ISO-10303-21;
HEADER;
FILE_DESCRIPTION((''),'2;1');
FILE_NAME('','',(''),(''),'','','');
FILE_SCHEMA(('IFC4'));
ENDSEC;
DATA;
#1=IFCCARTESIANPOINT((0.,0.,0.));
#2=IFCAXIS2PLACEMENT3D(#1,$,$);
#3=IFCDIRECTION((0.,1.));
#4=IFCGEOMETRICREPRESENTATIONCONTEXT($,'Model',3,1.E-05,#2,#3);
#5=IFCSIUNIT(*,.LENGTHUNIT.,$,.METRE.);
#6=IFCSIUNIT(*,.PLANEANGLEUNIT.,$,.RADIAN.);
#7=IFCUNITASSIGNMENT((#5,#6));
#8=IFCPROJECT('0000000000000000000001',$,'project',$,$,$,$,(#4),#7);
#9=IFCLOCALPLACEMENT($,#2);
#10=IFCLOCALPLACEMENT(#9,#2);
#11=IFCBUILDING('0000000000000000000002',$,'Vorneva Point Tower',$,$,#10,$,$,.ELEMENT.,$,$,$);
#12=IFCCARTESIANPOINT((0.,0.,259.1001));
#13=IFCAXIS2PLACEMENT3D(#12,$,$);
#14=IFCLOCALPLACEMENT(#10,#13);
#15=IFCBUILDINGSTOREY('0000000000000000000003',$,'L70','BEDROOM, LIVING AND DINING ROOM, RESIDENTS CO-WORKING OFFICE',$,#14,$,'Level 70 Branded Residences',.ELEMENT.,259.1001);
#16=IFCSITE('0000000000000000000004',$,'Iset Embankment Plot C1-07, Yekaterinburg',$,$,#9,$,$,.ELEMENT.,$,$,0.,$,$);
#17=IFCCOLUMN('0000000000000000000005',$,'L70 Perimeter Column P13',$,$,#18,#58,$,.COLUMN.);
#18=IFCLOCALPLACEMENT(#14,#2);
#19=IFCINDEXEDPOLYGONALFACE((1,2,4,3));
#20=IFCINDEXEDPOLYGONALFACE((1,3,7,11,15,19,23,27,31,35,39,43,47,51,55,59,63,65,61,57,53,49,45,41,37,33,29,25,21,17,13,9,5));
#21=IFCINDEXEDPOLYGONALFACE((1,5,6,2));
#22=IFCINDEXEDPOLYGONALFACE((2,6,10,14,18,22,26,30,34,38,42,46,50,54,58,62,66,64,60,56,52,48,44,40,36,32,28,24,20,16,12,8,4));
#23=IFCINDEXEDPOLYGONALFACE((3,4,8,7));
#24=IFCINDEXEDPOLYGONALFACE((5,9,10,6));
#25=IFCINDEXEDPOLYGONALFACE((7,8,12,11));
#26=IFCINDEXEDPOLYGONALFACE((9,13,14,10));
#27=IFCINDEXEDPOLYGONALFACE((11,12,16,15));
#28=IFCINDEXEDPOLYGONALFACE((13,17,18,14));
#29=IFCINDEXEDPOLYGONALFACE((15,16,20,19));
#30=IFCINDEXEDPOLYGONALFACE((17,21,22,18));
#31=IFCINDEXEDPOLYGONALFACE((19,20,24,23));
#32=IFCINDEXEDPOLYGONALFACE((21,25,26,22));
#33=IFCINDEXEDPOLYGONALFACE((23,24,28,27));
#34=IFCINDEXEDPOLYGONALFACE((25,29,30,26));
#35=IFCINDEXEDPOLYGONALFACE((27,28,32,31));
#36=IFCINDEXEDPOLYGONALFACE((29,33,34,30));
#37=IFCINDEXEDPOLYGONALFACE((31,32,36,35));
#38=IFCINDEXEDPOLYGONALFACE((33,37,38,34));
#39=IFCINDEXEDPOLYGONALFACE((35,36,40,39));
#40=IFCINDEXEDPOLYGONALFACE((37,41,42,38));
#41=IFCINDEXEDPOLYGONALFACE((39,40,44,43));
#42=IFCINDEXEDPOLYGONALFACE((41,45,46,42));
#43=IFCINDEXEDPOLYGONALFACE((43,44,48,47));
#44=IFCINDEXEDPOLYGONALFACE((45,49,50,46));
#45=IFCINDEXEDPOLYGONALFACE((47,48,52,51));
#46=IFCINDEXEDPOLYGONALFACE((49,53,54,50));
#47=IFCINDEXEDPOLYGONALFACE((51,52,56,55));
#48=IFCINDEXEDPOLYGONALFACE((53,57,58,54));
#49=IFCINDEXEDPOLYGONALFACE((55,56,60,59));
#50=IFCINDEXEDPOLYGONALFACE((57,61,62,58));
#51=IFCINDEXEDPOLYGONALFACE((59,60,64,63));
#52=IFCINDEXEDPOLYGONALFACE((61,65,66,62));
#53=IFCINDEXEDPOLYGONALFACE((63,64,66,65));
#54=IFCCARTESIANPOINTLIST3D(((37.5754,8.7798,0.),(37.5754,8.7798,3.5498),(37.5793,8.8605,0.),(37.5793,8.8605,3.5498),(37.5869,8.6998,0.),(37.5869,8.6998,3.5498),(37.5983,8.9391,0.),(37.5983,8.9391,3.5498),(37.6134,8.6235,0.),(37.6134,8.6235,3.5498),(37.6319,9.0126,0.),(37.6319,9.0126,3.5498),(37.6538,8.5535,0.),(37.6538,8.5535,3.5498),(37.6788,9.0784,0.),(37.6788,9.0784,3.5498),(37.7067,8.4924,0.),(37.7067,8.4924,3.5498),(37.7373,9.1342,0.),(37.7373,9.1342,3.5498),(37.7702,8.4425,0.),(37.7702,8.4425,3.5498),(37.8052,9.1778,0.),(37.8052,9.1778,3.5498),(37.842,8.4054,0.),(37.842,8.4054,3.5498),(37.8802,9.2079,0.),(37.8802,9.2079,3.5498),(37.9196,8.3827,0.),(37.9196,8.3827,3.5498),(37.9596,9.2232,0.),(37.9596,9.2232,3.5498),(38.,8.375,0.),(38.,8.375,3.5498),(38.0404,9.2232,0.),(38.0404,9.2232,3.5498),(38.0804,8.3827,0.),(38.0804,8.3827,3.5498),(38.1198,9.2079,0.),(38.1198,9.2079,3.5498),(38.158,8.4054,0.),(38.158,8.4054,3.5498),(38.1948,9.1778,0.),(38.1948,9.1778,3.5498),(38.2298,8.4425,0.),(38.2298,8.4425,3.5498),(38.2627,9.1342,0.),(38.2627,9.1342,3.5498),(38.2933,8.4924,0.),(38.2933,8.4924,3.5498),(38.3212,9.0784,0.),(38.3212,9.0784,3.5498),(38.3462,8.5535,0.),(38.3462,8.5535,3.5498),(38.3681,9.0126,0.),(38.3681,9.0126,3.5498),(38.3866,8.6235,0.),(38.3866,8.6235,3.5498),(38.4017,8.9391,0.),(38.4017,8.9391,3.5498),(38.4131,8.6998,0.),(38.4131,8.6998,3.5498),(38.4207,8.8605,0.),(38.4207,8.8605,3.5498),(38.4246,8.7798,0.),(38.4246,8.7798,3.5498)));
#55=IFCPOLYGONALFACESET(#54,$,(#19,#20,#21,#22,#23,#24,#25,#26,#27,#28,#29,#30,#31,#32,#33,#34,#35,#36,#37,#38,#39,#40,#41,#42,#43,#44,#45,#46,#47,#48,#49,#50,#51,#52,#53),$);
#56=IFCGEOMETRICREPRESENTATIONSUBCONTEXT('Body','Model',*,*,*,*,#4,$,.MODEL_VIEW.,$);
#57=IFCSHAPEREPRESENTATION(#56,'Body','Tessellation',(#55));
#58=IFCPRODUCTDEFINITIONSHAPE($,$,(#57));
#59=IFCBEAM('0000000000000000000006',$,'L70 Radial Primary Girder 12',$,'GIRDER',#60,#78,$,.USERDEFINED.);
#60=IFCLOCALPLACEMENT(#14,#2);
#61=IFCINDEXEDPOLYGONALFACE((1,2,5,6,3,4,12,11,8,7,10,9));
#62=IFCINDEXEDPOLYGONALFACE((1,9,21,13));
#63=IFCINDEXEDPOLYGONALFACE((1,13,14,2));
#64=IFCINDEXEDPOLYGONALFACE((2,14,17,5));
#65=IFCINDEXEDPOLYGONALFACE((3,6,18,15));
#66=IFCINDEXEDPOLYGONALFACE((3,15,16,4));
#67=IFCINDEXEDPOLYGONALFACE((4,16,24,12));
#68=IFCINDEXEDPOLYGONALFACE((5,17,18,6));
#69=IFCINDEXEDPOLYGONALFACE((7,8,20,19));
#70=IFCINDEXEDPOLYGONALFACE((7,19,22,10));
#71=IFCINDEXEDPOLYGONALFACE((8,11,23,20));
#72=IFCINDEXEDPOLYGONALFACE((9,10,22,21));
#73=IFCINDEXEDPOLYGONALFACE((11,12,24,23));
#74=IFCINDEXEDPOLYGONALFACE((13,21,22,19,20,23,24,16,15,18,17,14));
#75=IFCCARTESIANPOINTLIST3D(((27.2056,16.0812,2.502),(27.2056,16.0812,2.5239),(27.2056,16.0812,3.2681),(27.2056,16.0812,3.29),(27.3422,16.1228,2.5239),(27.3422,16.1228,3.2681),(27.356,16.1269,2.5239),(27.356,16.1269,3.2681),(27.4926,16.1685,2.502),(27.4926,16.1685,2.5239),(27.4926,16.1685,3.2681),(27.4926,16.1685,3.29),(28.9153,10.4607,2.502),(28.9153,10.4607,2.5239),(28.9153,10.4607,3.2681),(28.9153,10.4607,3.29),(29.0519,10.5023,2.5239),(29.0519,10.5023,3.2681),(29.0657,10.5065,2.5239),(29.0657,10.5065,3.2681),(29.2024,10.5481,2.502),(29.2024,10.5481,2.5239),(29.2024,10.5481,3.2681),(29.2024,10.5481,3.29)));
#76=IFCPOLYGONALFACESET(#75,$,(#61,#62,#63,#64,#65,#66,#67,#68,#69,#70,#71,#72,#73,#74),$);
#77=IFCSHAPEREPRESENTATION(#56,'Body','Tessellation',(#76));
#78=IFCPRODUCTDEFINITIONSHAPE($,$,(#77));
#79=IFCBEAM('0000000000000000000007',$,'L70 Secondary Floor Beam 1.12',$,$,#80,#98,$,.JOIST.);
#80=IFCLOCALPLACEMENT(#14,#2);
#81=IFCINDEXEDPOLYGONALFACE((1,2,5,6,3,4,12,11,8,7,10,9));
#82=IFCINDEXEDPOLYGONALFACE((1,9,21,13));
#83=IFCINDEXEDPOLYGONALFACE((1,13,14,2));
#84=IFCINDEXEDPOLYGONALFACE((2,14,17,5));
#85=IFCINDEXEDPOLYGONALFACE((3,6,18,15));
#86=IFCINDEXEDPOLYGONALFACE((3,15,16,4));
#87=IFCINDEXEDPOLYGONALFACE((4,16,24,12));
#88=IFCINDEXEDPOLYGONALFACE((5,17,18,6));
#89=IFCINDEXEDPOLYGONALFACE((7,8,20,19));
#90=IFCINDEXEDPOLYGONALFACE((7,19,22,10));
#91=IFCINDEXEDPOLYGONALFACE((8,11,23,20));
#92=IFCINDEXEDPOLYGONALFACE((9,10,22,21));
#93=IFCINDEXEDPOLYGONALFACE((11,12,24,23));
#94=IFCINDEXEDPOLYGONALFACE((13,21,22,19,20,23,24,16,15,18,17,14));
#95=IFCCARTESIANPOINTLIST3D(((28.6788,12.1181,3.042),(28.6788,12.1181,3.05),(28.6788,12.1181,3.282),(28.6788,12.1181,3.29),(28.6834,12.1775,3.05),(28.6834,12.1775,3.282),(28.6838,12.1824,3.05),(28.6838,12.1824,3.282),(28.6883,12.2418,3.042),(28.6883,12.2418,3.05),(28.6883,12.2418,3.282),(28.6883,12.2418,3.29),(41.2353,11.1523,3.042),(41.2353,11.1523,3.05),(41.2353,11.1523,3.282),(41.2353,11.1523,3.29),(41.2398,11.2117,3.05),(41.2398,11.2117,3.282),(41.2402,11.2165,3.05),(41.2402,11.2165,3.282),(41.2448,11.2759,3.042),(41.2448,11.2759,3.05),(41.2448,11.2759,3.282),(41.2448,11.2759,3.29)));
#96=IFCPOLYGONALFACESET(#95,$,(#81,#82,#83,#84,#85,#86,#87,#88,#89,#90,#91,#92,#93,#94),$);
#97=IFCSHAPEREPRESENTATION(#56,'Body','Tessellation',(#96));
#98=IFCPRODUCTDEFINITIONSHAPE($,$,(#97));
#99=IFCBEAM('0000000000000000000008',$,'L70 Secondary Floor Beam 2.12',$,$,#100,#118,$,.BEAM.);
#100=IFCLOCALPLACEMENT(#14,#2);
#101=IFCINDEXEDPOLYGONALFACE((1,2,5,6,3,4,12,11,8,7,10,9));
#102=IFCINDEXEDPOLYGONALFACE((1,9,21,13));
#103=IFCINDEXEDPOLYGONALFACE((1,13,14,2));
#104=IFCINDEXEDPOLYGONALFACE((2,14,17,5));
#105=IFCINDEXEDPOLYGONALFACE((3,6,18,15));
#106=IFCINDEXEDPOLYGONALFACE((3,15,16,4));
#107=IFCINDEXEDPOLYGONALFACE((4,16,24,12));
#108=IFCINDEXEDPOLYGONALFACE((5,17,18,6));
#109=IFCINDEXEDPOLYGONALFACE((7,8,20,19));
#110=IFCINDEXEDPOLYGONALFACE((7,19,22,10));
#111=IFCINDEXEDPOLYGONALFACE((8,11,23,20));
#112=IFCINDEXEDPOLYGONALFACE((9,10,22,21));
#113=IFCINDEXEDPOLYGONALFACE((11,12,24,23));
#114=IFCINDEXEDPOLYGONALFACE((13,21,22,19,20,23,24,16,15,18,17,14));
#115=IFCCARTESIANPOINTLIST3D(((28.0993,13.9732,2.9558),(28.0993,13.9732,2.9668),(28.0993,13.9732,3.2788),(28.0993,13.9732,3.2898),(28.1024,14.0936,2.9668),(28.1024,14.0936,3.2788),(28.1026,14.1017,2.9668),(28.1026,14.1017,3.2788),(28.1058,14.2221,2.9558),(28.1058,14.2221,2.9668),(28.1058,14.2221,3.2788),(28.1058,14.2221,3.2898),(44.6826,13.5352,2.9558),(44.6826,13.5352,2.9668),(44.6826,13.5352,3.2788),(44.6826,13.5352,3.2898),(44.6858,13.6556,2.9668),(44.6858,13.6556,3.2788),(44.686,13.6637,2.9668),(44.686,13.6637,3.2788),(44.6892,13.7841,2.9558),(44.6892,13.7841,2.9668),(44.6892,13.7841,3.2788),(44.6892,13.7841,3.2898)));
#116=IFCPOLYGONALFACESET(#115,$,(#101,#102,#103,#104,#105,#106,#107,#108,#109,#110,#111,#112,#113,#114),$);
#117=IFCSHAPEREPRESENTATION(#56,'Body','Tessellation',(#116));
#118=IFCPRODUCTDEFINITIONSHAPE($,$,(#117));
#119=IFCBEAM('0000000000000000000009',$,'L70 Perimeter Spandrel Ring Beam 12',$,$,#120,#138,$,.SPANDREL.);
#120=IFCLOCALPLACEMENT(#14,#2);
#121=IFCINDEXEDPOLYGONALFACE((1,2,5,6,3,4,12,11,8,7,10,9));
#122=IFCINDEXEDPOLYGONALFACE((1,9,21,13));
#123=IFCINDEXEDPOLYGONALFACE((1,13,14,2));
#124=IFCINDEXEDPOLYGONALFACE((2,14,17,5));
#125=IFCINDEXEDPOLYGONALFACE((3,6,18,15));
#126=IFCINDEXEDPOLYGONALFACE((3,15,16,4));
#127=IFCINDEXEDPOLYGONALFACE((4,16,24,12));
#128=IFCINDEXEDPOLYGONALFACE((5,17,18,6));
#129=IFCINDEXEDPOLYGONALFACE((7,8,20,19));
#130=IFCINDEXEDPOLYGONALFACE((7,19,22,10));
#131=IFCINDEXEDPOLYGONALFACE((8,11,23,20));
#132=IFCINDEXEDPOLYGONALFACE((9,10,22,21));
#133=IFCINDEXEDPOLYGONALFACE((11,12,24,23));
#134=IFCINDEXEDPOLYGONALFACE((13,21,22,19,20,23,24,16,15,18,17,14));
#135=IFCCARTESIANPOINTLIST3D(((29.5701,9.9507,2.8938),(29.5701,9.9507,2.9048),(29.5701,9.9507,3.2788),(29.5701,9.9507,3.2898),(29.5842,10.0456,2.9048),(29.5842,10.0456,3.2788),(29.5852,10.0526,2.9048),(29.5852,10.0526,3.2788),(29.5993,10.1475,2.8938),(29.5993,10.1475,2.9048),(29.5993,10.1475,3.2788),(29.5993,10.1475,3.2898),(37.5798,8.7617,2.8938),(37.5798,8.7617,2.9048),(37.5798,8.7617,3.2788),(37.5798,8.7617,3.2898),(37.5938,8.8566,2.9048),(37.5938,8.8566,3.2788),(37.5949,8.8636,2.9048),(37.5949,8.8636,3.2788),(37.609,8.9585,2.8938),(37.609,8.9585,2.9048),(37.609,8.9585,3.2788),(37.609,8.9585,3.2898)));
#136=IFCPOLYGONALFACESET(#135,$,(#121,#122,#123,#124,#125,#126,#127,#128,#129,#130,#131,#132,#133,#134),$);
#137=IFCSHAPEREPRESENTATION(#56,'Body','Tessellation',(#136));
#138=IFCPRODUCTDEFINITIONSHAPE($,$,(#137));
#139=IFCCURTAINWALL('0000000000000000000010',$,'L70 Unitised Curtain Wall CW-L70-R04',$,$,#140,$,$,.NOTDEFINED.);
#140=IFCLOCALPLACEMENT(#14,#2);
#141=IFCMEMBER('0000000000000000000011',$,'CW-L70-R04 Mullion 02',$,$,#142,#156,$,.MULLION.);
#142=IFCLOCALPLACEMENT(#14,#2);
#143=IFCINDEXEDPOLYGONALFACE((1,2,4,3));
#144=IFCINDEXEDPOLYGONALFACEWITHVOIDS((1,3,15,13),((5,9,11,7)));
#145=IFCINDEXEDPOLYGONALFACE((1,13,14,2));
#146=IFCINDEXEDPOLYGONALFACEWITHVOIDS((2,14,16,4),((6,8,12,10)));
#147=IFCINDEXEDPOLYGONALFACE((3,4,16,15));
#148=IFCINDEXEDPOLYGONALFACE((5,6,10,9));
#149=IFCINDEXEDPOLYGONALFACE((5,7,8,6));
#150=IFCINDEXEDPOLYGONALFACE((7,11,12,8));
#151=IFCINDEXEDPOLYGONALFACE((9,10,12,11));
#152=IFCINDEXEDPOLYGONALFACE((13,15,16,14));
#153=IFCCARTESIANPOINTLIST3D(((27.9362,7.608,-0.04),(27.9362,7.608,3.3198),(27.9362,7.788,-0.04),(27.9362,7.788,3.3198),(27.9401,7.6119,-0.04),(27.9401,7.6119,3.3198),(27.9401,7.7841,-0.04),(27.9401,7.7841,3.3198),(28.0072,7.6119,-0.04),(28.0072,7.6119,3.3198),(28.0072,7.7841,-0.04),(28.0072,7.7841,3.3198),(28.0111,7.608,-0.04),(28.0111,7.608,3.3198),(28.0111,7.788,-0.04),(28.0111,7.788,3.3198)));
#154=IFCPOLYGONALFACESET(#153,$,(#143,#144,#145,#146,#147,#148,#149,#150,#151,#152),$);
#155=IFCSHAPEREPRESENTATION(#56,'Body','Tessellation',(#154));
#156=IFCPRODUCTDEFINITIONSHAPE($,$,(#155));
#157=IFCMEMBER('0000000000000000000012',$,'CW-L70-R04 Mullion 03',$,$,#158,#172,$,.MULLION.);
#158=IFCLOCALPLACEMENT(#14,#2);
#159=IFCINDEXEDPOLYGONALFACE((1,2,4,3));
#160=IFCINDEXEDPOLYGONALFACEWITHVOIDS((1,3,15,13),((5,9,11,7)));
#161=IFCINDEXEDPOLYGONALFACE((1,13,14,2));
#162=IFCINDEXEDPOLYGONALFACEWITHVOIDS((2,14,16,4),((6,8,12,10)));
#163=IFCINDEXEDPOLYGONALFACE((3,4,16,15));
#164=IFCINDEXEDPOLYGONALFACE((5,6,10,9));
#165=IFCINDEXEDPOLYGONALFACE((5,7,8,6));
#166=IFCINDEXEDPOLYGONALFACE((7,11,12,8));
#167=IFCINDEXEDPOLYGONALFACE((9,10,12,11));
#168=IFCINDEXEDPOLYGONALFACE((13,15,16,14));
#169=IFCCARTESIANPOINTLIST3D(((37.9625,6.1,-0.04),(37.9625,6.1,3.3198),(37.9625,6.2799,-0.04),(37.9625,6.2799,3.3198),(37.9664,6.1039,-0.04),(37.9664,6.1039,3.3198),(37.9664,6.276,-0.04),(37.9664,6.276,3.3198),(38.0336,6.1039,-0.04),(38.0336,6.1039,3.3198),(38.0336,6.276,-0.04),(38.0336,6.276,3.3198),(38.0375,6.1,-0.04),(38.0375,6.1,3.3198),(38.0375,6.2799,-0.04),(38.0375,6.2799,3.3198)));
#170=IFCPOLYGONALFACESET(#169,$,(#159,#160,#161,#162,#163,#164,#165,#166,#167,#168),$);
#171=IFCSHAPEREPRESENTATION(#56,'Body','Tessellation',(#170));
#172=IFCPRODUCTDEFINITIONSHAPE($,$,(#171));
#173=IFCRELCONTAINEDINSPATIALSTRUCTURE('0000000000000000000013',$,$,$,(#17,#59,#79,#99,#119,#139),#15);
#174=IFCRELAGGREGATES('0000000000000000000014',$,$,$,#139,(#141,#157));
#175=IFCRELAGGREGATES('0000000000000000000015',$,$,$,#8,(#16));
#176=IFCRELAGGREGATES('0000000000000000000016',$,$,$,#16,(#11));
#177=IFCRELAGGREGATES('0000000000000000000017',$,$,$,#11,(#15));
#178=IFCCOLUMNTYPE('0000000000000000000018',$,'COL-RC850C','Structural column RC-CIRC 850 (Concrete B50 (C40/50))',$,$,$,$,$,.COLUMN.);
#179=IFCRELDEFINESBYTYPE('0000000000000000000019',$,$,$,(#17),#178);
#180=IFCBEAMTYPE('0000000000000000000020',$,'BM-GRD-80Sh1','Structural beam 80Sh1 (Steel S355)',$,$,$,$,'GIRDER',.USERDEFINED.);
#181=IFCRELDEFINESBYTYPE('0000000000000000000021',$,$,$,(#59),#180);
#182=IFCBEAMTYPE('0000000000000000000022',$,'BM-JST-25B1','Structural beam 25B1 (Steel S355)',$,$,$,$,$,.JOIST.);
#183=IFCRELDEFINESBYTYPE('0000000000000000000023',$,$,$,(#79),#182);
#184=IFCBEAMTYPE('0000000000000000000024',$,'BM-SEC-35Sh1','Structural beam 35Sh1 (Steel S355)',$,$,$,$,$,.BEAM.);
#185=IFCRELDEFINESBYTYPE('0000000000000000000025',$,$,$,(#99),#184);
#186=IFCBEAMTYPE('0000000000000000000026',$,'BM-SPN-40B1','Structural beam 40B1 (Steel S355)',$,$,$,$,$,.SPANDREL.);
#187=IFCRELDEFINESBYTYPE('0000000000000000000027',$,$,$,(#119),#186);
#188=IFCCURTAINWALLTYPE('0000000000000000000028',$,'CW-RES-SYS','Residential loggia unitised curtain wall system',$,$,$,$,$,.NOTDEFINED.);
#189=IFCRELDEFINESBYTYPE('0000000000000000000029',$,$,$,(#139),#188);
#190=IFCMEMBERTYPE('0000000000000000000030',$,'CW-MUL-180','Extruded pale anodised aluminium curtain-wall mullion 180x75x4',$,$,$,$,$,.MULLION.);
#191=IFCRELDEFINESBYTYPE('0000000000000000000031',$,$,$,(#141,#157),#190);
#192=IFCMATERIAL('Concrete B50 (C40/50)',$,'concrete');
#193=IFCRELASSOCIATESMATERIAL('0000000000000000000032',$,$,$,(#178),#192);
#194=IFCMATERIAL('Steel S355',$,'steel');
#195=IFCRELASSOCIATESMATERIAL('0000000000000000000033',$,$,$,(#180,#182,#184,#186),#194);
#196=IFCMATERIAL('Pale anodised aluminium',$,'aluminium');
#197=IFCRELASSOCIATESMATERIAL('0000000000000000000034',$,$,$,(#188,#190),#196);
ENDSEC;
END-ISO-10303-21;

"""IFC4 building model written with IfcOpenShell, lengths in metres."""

from ifc_helpers import new_model, si_unit, direction, frame, origin, origin_2d, place, context, subcontext, project, spatial, hollow_rectangle, circle, i_section, extrude, material, material_profile, profile_set, type_object, element, aggregate, save


model = new_model("IFC4")

# Units and contexts
model_context = context("Model", 3, precision=1e-05, world=origin(), true_north=direction((0.0, 1.0)))
body_context = subcontext(model_context, "Body", "Model", "MODEL_VIEW")
ifc_project = project(units=[si_unit("LENGTHUNIT", "METRE"), si_unit("PLANEANGLEUNIT", "RADIAN")], contexts=[model_context])

# Site, building, storey
site_placement = place(None, origin())
site = spatial("IfcSite", under=ifc_project, at=site_placement, Name="Iset Embankment Plot C1-07, Yekaterinburg", CompositionType="ELEMENT", RefElevation=0.0)
building_placement = place(site_placement, origin())
building = spatial("IfcBuilding", under=site, at=building_placement, Name="Vorneva Point Tower", CompositionType="ELEMENT")
storey_placement = place(building_placement, frame((0.0, 0.0, 259.1001)))
storey = spatial("IfcBuildingStorey", under=building, at=storey_placement, Name="L70", Description="BEDROOM, LIVING AND DINING ROOM, RESIDENTS CO-WORKING OFFICE", LongName="Level 70 Branded Residences", CompositionType="ELEMENT", Elevation=259.1001)

# Column
ifc_material_1 = material(Name="Concrete B50 (C40/50)", Category="concrete")
ifc_material_profile_1 = material_profile(ifc_material_1, circle(Radius=0.425, at=origin_2d()), Name="RC-CIRC 850")
ifc_profile_set_1 = profile_set([ifc_material_profile_1], Name="Concrete B50 (C40/50)")
column_type = type_object("IfcColumnType", Name="COL-RC850C", Description="Structural column RC-CIRC 850 (Concrete B50 (C40/50))", PredefinedType="COLUMN", material=ifc_profile_set_1)
for number, where, z_axis, x_axis, name in (
    (1, (38.0, 8.8, 0.0), (0.0, 0.0, 1.0), (0.0, -1.0, 0.0), "L70 Perimeter Column P13"),
):
    element("IfcColumn", number, at=place(storey_placement, frame(where, z_axis=z_axis, x_axis=x_axis)), inside=storey, type_object=column_type, Name=name, PredefinedType="COLUMN", context=body_context, shape_type="SweptSolid", body=[
        extrude(circle(Radius=0.425, at=origin_2d()), origin(), (0.0, 0.0, 1.0), 3.5498),
    ])

# Beams
ifc_material_2 = material(Name="Steel S355", Category="steel")
ifc_material_profile_2 = material_profile(ifc_material_2, i_section(OverallWidth=0.3, OverallDepth=0.7881, WebThickness=0.0144, FlangeThickness=0.022, at=origin_2d()), Name="80Sh1")
ifc_profile_set_2 = profile_set([ifc_material_profile_2], Name="Steel S355")
beam_type_1 = type_object("IfcBeamType", Name="BM-GRD-80Sh1", Description="Structural beam 80Sh1 (Steel S355)", ElementType="GIRDER", PredefinedType="USERDEFINED", material=ifc_profile_set_2)
beam_1_placement = place(storey_placement, frame((29.0588, 10.5044, 2.896), z_axis=(-0.291033, 0.956713, 0.0), x_axis=(-0.956713, -0.291033, 0.0)))
element("IfcBeam", 2, at=beam_1_placement, inside=storey, type_object=beam_type_1, Name="L70 Radial Primary Girder 12", ObjectType="GIRDER", PredefinedType="USERDEFINED", context=body_context, shape_type="SweptSolid", body=[
    extrude(i_section(OverallWidth=0.3, OverallDepth=0.7881, WebThickness=0.0144, FlangeThickness=0.022, at=origin_2d()), origin(), (0.0, 0.0, 1.0), 5.8748),
])
ifc_material_profile_3 = material_profile(ifc_material_2, i_section(OverallWidth=0.124, OverallDepth=0.248, WebThickness=0.0049, FlangeThickness=0.0081, at=origin_2d()), Name="25B1")
ifc_profile_set_3 = profile_set([ifc_material_profile_3], Name="Steel S355")
beam_type_2 = type_object("IfcBeamType", Name="BM-JST-25B1", Description="Structural beam 25B1 (Steel S355)", PredefinedType="JOIST", material=ifc_profile_set_3)
beam_2_placement = place(storey_placement, frame((28.6836, 12.1799, 3.166), z_axis=(0.997055, -0.076692, 0.0), x_axis=(0.076692, 0.997055, 0.0)))
element("IfcBeam", 3, at=beam_2_placement, inside=storey, type_object=beam_type_2, Name="L70 Secondary Floor Beam 1.12", PredefinedType="JOIST", context=body_context, shape_type="SweptSolid", body=[
    extrude(i_section(OverallWidth=0.124, OverallDepth=0.248, WebThickness=0.0049, FlangeThickness=0.0081, at=origin_2d()), origin(), (0.0, 0.0, 1.0), 12.5935),
])
ifc_material_profile_4 = material_profile(ifc_material_2, i_section(OverallWidth=0.249, OverallDepth=0.334, WebThickness=0.0081, FlangeThickness=0.011, at=origin_2d()), Name="35Sh1")
ifc_profile_set_4 = profile_set([ifc_material_profile_4], Name="Steel S355")
beam_type_3 = type_object("IfcBeamType", Name="BM-SEC-35Sh1", Description="Structural beam 35Sh1 (Steel S355)", PredefinedType="BEAM", material=ifc_profile_set_4)
beam_3_placement = place(storey_placement, frame((28.1025, 14.0977, 3.1228), z_axis=(0.999651, -0.026402, 0.0), x_axis=(0.026402, 0.999651, 0.0)))
element("IfcBeam", 4, at=beam_3_placement, inside=storey, type_object=beam_type_3, Name="L70 Secondary Floor Beam 2.12", PredefinedType="BEAM", context=body_context, shape_type="SweptSolid", body=[
    extrude(i_section(OverallWidth=0.249, OverallDepth=0.334, WebThickness=0.0081, FlangeThickness=0.011, at=origin_2d()), origin(), (0.0, 0.0, 1.0), 16.5891),
])
ifc_material_profile_5 = material_profile(ifc_material_2, i_section(OverallWidth=0.199, OverallDepth=0.396, WebThickness=0.0071, FlangeThickness=0.011, at=origin_2d()), Name="40B1")
ifc_profile_set_5 = profile_set([ifc_material_profile_5], Name="Steel S355")
beam_type_4 = type_object("IfcBeamType", Name="BM-SPN-40B1", Description="Structural beam 40B1 (Steel S355)", PredefinedType="SPANDREL", material=ifc_profile_set_5)
beam_4_placement = place(storey_placement, frame((29.5847, 10.0491, 3.0918), z_axis=(0.989162, -0.146831, 0.0), x_axis=(0.146831, 0.989162, 0.0)))
element("IfcBeam", 5, at=beam_4_placement, inside=storey, type_object=beam_type_4, Name="L70 Perimeter Spandrel Ring Beam 12", PredefinedType="SPANDREL", context=body_context, shape_type="SweptSolid", body=[
    extrude(i_section(OverallWidth=0.199, OverallDepth=0.396, WebThickness=0.0071, FlangeThickness=0.011, at=origin_2d()), origin(), (0.0, 0.0, 1.0), 8.0974),
])

# Curtain wall, members
ifc_material_3 = material(Name="Pale anodised aluminium", Category="aluminium")
curtain_wall_type = type_object("IfcCurtainWallType", Name="CW-RES-SYS", Description="Residential loggia unitised curtain wall system", PredefinedType="NOTDEFINED", material=ifc_material_3)
curtain_wall_placement = place(storey_placement, origin())
curtain_wall = element("IfcCurtainWall", 6, at=curtain_wall_placement, inside=storey, type_object=curtain_wall_type, Name="L70 Unitised Curtain Wall CW-L70-R04", PredefinedType="NOTDEFINED")
ifc_material_profile_6 = material_profile(ifc_material_3, hollow_rectangle(XDim=0.075, YDim=0.1799, WallThickness=0.0039, at=origin_2d()), Name="AL-MUL 180x75x4")
ifc_profile_set_6 = profile_set([ifc_material_profile_6], Name="Pale anodised aluminium")
member_type_1 = type_object("IfcMemberType", Name="CW-MUL-180", Description="Extruded pale anodised aluminium curtain-wall mullion 180x75x4", PredefinedType="MULLION", material=ifc_profile_set_6)
member_1_placement = place(storey_placement, frame((27.9736, 7.698, -0.04), z_axis=(0.0, 0.0, 1.0), x_axis=(1.0, 0.0, 0.0)))
member_1 = element("IfcMember", 7, at=member_1_placement, type_object=member_type_1, Name="CW-L70-R04 Mullion 02", PredefinedType="MULLION", context=body_context, shape_type="SweptSolid", body=[
    extrude(hollow_rectangle(XDim=0.075, YDim=0.1799, WallThickness=0.0039, at=origin_2d()), origin(), (0.0, 0.0, 1.0), 3.3599),
])
member_2_placement = place(storey_placement, frame((38.0, 6.1899, -0.04), z_axis=(0.0, 0.0, 1.0), x_axis=(1.0, 0.0, 0.0)))
member_2 = element("IfcMember", 8, at=member_2_placement, type_object=member_type_1, Name="CW-L70-R04 Mullion 03", PredefinedType="MULLION", context=body_context, shape_type="SweptSolid", body=[
    extrude(hollow_rectangle(XDim=0.075, YDim=0.1799, WallThickness=0.0039, at=origin_2d()), origin(), (0.0, 0.0, 1.0), 3.3599),
])
aggregate(curtain_wall, [member_1, member_2])

save(model, "model.ifc")
